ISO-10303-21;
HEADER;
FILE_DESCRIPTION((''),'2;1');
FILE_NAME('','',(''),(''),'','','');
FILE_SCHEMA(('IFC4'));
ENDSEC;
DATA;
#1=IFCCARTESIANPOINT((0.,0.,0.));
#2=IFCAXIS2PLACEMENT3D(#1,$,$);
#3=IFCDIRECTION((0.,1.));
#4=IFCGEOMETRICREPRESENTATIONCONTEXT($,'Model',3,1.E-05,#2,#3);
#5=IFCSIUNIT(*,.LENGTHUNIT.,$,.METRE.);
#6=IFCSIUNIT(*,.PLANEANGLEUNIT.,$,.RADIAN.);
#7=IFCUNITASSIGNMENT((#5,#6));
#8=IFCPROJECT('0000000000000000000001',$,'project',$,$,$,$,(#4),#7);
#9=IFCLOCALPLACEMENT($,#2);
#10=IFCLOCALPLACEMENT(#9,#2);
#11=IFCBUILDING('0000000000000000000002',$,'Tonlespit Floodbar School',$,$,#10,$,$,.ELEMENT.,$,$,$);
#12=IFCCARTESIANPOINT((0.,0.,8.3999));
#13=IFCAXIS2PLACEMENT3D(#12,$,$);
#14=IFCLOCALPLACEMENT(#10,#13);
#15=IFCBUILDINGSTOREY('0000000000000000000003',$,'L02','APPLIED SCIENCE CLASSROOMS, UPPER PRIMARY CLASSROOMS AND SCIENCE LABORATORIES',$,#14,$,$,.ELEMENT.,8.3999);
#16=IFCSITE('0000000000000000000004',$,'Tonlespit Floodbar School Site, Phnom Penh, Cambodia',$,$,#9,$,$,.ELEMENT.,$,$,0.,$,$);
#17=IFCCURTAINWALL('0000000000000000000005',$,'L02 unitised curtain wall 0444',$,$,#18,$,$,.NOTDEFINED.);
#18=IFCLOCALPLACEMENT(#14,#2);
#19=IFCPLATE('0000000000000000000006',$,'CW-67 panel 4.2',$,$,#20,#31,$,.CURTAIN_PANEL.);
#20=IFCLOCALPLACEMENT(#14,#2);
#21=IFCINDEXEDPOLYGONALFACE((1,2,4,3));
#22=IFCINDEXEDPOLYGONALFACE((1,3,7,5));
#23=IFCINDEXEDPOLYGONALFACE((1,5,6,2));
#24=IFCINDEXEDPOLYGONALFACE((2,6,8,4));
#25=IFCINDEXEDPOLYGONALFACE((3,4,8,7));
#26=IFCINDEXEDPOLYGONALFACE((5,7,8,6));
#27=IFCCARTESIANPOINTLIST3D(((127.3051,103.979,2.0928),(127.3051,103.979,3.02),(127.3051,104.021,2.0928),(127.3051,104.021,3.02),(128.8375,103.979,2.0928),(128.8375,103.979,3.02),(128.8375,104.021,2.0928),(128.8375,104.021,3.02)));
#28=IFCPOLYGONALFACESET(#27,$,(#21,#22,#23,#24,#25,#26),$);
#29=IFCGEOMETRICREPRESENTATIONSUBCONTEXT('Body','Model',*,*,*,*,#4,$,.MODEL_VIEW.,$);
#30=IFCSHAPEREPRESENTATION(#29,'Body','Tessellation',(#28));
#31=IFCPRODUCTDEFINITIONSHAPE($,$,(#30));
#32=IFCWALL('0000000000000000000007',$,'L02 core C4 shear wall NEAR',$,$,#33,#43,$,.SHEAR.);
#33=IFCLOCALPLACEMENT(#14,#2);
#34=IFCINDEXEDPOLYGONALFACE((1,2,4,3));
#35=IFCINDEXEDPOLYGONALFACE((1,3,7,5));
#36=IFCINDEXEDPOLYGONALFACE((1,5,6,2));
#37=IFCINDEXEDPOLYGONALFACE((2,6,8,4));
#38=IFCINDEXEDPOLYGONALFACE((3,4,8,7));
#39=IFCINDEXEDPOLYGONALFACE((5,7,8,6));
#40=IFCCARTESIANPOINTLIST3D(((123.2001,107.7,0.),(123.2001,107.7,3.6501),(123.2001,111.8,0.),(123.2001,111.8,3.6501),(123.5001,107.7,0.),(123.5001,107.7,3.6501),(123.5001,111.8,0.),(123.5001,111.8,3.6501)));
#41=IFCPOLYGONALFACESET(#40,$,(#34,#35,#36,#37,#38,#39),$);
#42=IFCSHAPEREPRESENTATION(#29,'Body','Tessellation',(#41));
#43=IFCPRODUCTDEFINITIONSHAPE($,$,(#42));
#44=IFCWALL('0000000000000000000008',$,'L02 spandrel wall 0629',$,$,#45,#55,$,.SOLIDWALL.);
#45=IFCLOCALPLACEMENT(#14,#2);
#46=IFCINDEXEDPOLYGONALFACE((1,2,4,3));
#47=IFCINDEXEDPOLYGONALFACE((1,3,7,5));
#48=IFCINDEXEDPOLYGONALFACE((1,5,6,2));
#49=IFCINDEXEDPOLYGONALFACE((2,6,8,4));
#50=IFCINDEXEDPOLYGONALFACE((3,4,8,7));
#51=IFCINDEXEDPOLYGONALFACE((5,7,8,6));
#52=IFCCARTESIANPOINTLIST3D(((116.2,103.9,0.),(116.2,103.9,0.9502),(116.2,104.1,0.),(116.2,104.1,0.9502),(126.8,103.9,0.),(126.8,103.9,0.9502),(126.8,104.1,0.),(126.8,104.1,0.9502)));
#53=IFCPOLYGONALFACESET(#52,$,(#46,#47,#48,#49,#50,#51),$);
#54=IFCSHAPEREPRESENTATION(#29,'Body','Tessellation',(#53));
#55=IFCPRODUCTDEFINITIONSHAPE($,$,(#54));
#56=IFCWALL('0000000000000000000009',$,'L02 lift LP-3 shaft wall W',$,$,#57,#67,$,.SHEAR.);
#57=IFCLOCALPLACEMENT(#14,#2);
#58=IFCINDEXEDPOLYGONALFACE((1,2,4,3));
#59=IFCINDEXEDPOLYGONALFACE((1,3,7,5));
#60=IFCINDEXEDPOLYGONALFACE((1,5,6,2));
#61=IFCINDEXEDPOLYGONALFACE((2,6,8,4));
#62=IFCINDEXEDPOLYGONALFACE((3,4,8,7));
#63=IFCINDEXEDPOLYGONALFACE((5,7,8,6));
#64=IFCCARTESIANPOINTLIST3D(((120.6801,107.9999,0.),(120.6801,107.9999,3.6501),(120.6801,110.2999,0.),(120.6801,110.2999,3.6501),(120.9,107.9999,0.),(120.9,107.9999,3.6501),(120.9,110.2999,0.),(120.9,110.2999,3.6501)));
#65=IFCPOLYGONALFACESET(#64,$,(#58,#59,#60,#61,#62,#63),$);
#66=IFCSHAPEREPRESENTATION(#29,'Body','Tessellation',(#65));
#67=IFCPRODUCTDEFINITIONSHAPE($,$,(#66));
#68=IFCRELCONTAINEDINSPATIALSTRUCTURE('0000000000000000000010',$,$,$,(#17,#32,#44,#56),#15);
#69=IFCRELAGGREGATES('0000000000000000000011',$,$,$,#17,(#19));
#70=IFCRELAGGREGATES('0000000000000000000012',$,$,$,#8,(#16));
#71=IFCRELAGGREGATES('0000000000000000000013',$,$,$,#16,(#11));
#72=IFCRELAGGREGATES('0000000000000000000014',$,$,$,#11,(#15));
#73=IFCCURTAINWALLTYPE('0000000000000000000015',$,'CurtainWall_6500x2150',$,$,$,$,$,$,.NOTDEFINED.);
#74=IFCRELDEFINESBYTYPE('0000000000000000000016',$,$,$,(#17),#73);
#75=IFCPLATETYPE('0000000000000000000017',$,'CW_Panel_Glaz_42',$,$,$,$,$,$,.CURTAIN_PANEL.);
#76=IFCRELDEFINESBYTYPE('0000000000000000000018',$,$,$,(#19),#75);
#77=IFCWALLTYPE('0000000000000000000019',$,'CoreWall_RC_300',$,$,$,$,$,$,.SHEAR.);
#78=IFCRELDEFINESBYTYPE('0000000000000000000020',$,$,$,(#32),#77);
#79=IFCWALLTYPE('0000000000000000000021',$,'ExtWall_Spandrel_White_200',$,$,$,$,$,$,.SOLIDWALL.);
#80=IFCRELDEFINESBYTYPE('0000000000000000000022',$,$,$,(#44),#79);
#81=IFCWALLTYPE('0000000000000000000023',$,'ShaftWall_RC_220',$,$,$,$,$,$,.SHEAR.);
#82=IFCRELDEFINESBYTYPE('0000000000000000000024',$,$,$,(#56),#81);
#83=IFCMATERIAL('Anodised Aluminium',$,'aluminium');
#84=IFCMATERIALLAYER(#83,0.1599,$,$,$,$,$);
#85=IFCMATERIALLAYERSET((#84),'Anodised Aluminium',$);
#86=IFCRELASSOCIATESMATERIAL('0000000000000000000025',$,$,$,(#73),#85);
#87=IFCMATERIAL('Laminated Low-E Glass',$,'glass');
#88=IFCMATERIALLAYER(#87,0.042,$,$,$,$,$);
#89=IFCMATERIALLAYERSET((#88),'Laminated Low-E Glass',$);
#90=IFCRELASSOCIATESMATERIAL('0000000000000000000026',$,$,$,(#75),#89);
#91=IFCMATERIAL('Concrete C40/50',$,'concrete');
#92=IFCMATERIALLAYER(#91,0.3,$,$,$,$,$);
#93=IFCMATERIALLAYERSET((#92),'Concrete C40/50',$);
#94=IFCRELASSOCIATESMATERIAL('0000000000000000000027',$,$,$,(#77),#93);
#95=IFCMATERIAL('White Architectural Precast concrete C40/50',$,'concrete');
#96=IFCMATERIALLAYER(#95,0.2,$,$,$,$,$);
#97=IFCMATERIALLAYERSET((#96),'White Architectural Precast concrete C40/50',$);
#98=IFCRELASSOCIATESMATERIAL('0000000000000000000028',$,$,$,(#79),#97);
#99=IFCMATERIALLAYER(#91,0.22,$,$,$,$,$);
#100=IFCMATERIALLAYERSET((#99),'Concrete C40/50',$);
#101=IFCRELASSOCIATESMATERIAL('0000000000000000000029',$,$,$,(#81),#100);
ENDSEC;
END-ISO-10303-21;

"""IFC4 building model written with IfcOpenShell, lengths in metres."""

from ifc_helpers import new_model, si_unit, direction, frame, frame_2d, origin, origin_2d, place, context, subcontext, project, spatial, rectangle, extrude, material, layer, layer_set, type_object, element, aggregate, save


model = new_model("IFC4")

# Units and contexts
model_context = context("Model", 3, precision=1e-05, world=origin(), true_north=direction((0.0, 1.0)))
body_context = subcontext(model_context, "Body", "Model", "MODEL_VIEW")
ifc_project = project(units=[si_unit("LENGTHUNIT", "METRE"), si_unit("PLANEANGLEUNIT", "RADIAN")], contexts=[model_context])

# Site, building, storey
site_placement = place(None, origin())
site = spatial("IfcSite", under=ifc_project, at=site_placement, Name="Tonlespit Floodbar School Site, Phnom Penh, Cambodia", CompositionType="ELEMENT", RefElevation=0.0)
building_placement = place(site_placement, origin())
building = spatial("IfcBuilding", under=site, at=building_placement, Name="Tonlespit Floodbar School", CompositionType="ELEMENT")
storey_placement = place(building_placement, frame((0.0, 0.0, 8.3999)))
storey = spatial("IfcBuildingStorey", under=building, at=storey_placement, Name="L02", Description="APPLIED SCIENCE CLASSROOMS, UPPER PRIMARY CLASSROOMS AND SCIENCE LABORATORIES", CompositionType="ELEMENT", Elevation=8.3999)

# Curtain wall
ifc_material_1 = material(Name="Anodised Aluminium", Category="aluminium")
ifc_layer_1 = layer(ifc_material_1, 0.1599)
ifc_layer_set_1 = layer_set([ifc_layer_1], Name="Anodised Aluminium")
curtain_wall_type_1 = type_object("IfcCurtainWallType", Name="CurtainWall_6500x2150", PredefinedType="NOTDEFINED", material=ifc_layer_set_1)
curtain_wall_1_placement = place(storey_placement, origin())
curtain_wall_1 = element("IfcCurtainWall", 1, at=curtain_wall_1_placement, inside=storey, type_object=curtain_wall_type_1, Name="L02 unitised curtain wall 0444", PredefinedType="NOTDEFINED")

# Plate
ifc_material_2 = material(Name="Laminated Low-E Glass", Category="glass")
ifc_layer_2 = layer(ifc_material_2, 0.042)
ifc_layer_set_2 = layer_set([ifc_layer_2], Name="Laminated Low-E Glass")
plate_type = type_object("IfcPlateType", Name="CW_Panel_Glaz_42", PredefinedType="CURTAIN_PANEL", material=ifc_layer_set_2)
plate_1_placement = place(storey_placement, frame((128.0713, 104.0, 2.0928), z_axis=(0.0, 0.0, 1.0), x_axis=(-1.0, 0.0, 0.0)))
plate_1 = element("IfcPlate", 2, at=plate_1_placement, type_object=plate_type, Name="CW-67 panel 4.2", PredefinedType="CURTAIN_PANEL", context=body_context, shape_type="SweptSolid", body=[
    extrude(rectangle(XDim=1.5325, YDim=0.042, at=origin_2d()), origin(), (0.0, 0.0, 1.0), 0.9272),
])
aggregate(curtain_wall_1, [plate_1])

# Wall
ifc_material_3 = material(Name="Concrete C40/50", Category="concrete")
ifc_layer_3 = layer(ifc_material_3, 0.3)
ifc_layer_set_3 = layer_set([ifc_layer_3], Name="Concrete C40/50")
wall_type_1 = type_object("IfcWallType", Name="CoreWall_RC_300", PredefinedType="SHEAR", material=ifc_layer_set_3)
wall_1_placement = place(storey_placement, frame((123.3501, 107.7, 0.0), z_axis=(0.0, 0.0, 1.0), x_axis=(0.0, 1.0, 0.0)))
element("IfcWall", 3, at=wall_1_placement, inside=storey, type_object=wall_type_1, Name="L02 core C4 shear wall NEAR", PredefinedType="SHEAR", context=body_context, shape_type="SweptSolid", body=[
    extrude(rectangle(XDim=4.1001, YDim=0.3, at=frame_2d((2.05, 0.0))), origin(), (0.0, 0.0, 1.0), 3.6501),
])

# Wall
ifc_material_4 = material(Name="White Architectural Precast concrete C40/50", Category="concrete")
ifc_layer_4 = layer(ifc_material_4, 0.2)
ifc_layer_set_4 = layer_set([ifc_layer_4], Name="White Architectural Precast concrete C40/50")
wall_type_2 = type_object("IfcWallType", Name="ExtWall_Spandrel_White_200", PredefinedType="SOLIDWALL", material=ifc_layer_set_4)
wall_2_placement = place(storey_placement, frame((126.8, 104.0, 0.0), z_axis=(0.0, 0.0, 1.0), x_axis=(-1.0, 0.0, 0.0)))
element("IfcWall", 4, at=wall_2_placement, inside=storey, type_object=wall_type_2, Name="L02 spandrel wall 0629", PredefinedType="SOLIDWALL", context=body_context, shape_type="SweptSolid", body=[
    extrude(rectangle(XDim=10.6001, YDim=0.2, at=frame_2d((5.3, 0.0))), origin(), (0.0, 0.0, 1.0), 0.9502),
])

# Shared definitions
ifc_layer_5 = layer(ifc_material_3, 0.22)
ifc_layer_set_5 = layer_set([ifc_layer_5], Name="Concrete C40/50")
wall_type_3 = type_object("IfcWallType", Name="ShaftWall_RC_220", PredefinedType="SHEAR", material=ifc_layer_set_5)

# Wall
wall_3_placement = place(storey_placement, frame((120.79, 108.0, 0.0), z_axis=(0.0, 0.0, 1.0), x_axis=(0.0, 1.0, 0.0)))
element("IfcWall", 5, at=wall_3_placement, inside=storey, type_object=wall_type_3, Name="L02 lift LP-3 shaft wall W", PredefinedType="SHEAR", context=body_context, shape_type="SweptSolid", body=[
    extrude(rectangle(XDim=2.3, YDim=0.22, at=frame_2d((1.1499, 0.0))), origin(), (0.0, 0.0, 1.0), 3.6501),
])

save(model, "model.ifc")
